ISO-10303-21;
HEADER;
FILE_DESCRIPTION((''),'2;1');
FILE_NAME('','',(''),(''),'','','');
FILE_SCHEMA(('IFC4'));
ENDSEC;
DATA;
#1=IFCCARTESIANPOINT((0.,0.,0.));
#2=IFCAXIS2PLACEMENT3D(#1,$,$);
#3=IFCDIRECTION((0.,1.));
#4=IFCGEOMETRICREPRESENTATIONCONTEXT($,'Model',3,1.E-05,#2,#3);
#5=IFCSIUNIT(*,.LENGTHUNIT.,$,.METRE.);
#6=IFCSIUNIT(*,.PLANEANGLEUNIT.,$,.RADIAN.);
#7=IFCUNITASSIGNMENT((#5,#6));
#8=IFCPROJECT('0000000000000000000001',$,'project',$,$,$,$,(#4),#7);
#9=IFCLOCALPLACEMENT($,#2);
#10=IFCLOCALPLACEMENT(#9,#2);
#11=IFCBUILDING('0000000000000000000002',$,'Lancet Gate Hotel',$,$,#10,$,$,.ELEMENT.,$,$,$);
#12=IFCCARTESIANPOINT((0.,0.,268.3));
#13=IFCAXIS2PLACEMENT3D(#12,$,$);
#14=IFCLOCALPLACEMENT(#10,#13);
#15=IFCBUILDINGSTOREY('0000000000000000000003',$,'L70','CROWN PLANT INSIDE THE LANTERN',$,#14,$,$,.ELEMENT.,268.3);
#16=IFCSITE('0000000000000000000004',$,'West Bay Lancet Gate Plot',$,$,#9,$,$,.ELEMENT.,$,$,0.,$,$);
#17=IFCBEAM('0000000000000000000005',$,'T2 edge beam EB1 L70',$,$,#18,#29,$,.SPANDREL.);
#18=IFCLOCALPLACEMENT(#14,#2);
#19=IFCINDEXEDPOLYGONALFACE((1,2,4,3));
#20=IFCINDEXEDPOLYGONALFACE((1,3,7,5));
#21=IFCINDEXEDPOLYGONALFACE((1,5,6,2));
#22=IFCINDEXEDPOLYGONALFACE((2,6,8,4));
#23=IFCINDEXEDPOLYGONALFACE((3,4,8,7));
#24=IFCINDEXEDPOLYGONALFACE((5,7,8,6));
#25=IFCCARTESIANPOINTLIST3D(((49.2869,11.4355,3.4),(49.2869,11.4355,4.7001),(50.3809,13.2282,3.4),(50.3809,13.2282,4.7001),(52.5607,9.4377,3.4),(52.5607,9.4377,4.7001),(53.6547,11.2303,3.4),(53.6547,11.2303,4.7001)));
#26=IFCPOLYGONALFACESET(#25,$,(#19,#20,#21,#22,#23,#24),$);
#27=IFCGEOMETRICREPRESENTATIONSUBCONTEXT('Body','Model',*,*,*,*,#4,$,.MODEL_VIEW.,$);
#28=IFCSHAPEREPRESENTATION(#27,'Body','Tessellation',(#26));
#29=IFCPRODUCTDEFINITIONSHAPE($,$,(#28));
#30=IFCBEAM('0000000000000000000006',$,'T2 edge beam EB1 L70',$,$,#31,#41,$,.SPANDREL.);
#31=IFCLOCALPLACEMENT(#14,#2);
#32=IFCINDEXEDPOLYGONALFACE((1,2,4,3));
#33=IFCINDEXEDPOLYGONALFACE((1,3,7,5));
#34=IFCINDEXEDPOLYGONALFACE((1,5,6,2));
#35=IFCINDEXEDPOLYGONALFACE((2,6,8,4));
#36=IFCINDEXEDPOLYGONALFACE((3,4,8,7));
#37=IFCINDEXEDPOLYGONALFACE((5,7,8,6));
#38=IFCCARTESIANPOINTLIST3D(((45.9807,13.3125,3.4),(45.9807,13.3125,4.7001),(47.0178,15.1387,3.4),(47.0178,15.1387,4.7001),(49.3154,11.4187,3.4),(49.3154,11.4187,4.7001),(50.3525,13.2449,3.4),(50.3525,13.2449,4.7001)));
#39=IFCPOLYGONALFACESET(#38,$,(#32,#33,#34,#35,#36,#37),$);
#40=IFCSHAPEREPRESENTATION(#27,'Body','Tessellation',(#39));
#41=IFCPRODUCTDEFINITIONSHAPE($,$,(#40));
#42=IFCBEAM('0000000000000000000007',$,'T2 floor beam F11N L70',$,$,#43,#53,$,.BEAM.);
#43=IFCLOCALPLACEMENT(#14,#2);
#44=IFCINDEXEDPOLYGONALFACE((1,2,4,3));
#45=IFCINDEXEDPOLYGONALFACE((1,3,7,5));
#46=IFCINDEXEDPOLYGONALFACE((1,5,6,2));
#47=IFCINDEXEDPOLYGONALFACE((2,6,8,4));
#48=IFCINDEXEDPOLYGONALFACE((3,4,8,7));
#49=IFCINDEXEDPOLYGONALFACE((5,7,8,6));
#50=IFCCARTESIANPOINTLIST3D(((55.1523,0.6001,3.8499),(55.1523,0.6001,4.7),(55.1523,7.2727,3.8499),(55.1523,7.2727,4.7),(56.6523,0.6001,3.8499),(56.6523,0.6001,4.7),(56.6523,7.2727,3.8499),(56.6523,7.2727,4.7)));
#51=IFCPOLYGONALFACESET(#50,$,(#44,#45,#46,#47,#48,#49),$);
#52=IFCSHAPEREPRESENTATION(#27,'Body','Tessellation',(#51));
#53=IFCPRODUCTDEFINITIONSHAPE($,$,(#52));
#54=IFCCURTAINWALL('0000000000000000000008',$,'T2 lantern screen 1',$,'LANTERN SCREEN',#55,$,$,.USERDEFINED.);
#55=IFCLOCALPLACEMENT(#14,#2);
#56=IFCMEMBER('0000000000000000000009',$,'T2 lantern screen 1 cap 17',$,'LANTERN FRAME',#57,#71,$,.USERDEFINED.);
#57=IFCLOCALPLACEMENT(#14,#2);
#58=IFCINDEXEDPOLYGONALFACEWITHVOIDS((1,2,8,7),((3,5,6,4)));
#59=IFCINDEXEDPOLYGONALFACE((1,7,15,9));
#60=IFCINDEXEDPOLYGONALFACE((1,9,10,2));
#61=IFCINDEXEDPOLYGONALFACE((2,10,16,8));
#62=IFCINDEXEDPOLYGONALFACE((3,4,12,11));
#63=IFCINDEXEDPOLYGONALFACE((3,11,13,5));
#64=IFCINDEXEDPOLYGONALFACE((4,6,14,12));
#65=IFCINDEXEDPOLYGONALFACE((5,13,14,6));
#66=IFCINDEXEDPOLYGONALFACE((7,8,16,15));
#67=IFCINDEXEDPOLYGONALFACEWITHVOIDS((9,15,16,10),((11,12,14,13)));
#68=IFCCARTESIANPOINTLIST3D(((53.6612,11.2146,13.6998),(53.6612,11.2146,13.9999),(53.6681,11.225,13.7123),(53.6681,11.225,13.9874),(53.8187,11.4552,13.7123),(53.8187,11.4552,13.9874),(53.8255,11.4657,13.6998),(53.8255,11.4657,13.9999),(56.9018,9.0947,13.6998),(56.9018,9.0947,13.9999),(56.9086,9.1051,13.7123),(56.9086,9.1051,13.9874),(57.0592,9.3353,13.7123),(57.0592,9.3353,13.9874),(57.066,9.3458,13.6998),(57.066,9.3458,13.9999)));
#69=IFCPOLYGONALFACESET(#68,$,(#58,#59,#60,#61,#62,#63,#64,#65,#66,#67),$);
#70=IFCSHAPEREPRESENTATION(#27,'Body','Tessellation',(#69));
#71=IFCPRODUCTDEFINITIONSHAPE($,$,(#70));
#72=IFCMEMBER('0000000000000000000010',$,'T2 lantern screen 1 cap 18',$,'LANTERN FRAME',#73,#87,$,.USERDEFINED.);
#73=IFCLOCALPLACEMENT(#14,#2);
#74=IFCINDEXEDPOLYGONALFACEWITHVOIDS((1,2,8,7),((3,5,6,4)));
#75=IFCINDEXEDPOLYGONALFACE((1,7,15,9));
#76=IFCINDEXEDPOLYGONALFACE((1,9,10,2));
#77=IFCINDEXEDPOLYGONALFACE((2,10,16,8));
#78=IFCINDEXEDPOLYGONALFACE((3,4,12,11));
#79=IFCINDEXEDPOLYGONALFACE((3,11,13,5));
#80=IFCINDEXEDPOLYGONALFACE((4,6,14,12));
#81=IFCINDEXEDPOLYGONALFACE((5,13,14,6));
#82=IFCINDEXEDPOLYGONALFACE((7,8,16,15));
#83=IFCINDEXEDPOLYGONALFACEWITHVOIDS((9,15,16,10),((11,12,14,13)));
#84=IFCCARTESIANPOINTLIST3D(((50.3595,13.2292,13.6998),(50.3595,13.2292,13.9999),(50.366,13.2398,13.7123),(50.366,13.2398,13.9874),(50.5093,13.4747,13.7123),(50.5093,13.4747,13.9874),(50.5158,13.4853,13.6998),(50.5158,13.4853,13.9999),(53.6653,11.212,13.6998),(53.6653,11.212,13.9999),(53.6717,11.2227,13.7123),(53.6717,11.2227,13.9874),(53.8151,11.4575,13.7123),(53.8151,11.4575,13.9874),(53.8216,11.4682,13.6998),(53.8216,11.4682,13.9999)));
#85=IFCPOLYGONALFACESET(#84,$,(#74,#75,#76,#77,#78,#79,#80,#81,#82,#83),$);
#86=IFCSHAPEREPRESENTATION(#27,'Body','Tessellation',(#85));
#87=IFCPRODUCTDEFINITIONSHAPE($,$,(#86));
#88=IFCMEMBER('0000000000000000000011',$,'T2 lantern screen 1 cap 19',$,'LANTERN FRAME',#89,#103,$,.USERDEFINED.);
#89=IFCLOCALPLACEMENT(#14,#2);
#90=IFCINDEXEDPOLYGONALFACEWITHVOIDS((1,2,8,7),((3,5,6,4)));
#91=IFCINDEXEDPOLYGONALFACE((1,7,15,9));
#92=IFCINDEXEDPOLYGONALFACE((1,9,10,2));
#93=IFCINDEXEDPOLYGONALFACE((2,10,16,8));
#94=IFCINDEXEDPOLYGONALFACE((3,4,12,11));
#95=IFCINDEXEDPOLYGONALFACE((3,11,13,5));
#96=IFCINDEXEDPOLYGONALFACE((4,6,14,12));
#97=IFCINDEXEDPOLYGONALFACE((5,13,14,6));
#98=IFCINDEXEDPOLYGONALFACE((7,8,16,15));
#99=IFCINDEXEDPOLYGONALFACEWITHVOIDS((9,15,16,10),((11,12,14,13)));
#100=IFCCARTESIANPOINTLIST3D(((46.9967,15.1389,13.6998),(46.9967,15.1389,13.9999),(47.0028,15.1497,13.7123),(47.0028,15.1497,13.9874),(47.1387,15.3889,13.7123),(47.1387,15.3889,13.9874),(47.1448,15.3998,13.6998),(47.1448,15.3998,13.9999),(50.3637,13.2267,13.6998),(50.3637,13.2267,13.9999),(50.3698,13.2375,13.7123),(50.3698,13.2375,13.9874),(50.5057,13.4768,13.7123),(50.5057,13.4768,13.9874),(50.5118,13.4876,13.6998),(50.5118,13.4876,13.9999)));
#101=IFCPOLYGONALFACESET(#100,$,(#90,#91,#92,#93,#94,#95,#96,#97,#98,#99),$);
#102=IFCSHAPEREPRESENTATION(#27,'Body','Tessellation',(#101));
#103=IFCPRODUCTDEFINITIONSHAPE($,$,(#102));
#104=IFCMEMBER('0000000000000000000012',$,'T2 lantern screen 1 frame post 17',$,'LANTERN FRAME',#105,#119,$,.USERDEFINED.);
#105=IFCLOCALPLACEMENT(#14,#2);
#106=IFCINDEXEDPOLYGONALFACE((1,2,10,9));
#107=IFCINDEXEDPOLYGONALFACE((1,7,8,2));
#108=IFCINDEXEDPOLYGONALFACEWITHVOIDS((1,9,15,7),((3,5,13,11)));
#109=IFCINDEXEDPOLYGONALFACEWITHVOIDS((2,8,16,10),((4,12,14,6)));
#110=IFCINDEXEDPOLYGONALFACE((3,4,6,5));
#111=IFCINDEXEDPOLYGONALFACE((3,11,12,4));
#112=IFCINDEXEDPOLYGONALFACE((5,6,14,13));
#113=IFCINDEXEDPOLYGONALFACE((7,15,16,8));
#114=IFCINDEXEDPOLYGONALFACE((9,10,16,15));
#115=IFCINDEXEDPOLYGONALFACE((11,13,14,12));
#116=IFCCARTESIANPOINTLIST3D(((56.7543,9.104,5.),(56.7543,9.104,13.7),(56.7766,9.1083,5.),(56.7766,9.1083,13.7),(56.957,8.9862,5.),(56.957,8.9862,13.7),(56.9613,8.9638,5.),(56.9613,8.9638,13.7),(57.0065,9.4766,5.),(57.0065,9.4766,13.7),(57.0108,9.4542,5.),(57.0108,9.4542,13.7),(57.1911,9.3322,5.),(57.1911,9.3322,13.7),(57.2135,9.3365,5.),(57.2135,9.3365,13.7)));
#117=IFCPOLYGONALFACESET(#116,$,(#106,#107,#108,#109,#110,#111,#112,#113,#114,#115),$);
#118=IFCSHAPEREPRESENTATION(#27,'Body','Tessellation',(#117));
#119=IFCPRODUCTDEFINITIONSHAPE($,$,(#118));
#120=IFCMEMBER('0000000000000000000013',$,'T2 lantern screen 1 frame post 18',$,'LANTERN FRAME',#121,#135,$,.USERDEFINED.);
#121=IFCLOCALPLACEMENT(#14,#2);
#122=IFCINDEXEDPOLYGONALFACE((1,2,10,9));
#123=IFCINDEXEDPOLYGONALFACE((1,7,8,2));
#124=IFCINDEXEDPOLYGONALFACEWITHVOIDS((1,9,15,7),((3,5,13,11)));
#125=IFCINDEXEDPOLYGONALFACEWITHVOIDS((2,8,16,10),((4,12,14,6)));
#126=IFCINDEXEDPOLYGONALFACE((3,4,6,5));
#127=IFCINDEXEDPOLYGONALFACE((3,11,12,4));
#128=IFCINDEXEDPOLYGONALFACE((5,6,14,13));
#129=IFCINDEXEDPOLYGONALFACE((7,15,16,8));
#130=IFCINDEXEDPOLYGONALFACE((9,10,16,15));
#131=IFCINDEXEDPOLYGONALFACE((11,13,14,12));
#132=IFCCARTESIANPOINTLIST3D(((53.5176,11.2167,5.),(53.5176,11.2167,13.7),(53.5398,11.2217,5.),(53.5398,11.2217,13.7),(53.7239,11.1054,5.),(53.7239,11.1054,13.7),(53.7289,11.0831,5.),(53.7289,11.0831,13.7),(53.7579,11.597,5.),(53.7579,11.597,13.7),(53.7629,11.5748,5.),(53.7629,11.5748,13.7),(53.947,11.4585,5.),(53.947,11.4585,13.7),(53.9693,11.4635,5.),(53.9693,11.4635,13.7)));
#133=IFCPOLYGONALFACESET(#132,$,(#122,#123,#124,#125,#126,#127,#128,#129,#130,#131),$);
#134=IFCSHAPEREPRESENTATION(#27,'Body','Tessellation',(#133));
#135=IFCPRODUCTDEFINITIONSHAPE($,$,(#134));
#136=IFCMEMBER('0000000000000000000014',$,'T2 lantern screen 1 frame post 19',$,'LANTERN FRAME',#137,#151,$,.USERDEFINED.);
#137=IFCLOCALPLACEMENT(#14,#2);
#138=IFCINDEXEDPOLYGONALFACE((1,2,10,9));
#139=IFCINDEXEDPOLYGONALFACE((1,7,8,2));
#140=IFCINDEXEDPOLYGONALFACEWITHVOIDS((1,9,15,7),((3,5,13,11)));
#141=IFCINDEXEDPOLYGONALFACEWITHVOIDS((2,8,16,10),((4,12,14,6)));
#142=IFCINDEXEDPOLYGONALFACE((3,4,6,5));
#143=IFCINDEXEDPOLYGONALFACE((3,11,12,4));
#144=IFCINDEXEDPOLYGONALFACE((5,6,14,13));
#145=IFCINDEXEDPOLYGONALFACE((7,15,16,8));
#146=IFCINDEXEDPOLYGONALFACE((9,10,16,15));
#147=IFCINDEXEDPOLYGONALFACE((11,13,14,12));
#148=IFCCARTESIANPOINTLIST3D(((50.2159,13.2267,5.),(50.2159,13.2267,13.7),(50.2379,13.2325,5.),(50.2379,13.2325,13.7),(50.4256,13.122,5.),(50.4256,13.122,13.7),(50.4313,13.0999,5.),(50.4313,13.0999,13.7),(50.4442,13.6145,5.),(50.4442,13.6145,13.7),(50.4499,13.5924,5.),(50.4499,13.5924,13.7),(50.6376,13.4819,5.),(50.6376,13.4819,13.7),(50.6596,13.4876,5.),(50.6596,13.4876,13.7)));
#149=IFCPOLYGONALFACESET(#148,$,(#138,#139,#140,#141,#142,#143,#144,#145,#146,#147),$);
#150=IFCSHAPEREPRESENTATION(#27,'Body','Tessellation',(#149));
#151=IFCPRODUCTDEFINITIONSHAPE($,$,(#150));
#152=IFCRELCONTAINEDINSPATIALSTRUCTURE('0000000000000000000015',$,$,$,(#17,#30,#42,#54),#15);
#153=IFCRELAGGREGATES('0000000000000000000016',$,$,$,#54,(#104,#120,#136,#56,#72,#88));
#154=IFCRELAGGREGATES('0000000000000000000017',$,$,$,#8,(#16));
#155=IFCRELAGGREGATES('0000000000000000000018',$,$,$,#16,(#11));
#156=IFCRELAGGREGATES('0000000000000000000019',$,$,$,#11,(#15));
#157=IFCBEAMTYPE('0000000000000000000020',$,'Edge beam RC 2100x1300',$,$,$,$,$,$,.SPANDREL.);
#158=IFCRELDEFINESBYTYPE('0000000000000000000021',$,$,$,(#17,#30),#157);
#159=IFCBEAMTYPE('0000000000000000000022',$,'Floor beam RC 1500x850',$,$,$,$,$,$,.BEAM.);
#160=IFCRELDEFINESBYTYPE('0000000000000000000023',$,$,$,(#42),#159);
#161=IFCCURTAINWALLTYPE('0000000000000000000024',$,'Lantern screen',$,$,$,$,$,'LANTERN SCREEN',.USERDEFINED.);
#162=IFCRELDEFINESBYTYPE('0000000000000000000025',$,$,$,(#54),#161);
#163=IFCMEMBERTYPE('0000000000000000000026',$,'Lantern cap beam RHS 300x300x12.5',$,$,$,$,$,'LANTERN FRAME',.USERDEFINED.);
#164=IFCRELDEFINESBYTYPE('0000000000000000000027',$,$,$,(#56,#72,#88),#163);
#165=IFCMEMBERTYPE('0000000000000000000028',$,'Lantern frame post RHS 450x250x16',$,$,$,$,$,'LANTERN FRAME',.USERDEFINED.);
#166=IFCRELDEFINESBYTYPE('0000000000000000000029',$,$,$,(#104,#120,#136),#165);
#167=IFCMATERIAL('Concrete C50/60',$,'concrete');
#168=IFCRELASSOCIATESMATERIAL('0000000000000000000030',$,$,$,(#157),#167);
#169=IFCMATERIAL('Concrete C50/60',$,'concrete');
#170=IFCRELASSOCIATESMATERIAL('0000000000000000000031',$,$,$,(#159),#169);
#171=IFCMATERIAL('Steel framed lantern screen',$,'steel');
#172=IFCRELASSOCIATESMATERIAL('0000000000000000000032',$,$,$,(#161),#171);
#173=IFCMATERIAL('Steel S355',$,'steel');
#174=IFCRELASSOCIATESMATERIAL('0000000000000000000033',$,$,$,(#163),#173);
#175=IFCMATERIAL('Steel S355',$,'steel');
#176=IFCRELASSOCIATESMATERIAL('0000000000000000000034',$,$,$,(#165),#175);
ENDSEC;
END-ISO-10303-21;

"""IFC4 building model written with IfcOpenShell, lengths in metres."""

from ifc_helpers import new_model, si_unit, direction, frame, origin, origin_2d, place, context, subcontext, project, spatial, rectangle, hollow_rectangle, extrude, material, material_profile, profile_set, type_object, element, aggregate, save


model = new_model("IFC4")

# Units and contexts
model_context = context("Model", 3, precision=1e-05, world=origin(), true_north=direction((0.0, 1.0)))
body_context = subcontext(model_context, "Body", "Model", "MODEL_VIEW")
ifc_project = project(units=[si_unit("LENGTHUNIT", "METRE"), si_unit("PLANEANGLEUNIT", "RADIAN")], contexts=[model_context])

# Site, building, storey
site_placement = place(None, origin())
site = spatial("IfcSite", under=ifc_project, at=site_placement, Name="West Bay Lancet Gate Plot", CompositionType="ELEMENT", RefElevation=0.0)
building_placement = place(site_placement, origin())
building = spatial("IfcBuilding", under=site, at=building_placement, Name="Lancet Gate Hotel", CompositionType="ELEMENT")
storey_placement = place(building_placement, frame((0.0, 0.0, 268.3)))
storey = spatial("IfcBuildingStorey", under=building, at=storey_placement, Name="L70", Description="CROWN PLANT INSIDE THE LANTERN", CompositionType="ELEMENT", Elevation=268.3)

# Beams
ifc_material_1 = material(Name="Concrete C50/60", Category="concrete")
ifc_material_profile_1 = material_profile(ifc_material_1, rectangle(XDim=2.1001, YDim=1.3, at=origin_2d()), Name="RC 2100x1300")
ifc_profile_set_1 = profile_set([ifc_material_profile_1], Name="Concrete C50/60")
beam_type_1 = type_object("IfcBeamType", Name="Edge beam RC 2100x1300", PredefinedType="SPANDREL", material=ifc_profile_set_1)
beam_1_placement = place(storey_placement, frame((53.1077, 10.334, 4.05), z_axis=(-0.853604, 0.520922, 0.0), x_axis=(-0.520922, -0.853604, 0.0)))
element("IfcBeam", 1, at=beam_1_placement, inside=storey, type_object=beam_type_1, Name="T2 edge beam EB1 L70", PredefinedType="SPANDREL", context=body_context, shape_type="SweptSolid", body=[
    extrude(rectangle(XDim=2.1001, YDim=1.3, at=origin_2d()), origin(), (0.0, 0.0, 1.0), 3.8352),
])
beam_2_placement = place(storey_placement, frame((49.834, 12.3318, 4.05), z_axis=(-0.86956, 0.493827, 0.0), x_axis=(-0.493827, -0.86956, 0.0)))
element("IfcBeam", 2, at=beam_2_placement, inside=storey, type_object=beam_type_1, Name="T2 edge beam EB1 L70", PredefinedType="SPANDREL", context=body_context, shape_type="SweptSolid", body=[
    extrude(rectangle(XDim=2.1001, YDim=1.3, at=origin_2d()), origin(), (0.0, 0.0, 1.0), 3.835),
])
ifc_material_2 = material(Name="Concrete C50/60", Category="concrete")
ifc_material_profile_2 = material_profile(ifc_material_2, rectangle(XDim=1.5, YDim=0.8501, at=origin_2d()), Name="RC 1500x850")
ifc_profile_set_2 = profile_set([ifc_material_profile_2], Name="Concrete C50/60")
beam_type_2 = type_object("IfcBeamType", Name="Floor beam RC 1500x850", PredefinedType="BEAM", material=ifc_profile_set_2)
beam_3_placement = place(storey_placement, frame((55.9023, 0.6001, 4.2749), z_axis=(0.0, 1.0, 0.0), x_axis=(-1.0, 0.0, 0.0)))
element("IfcBeam", 3, at=beam_3_placement, inside=storey, type_object=beam_type_2, Name="T2 floor beam F11N L70", PredefinedType="BEAM", context=body_context, shape_type="SweptSolid", body=[
    extrude(rectangle(XDim=1.5, YDim=0.8501, at=origin_2d()), origin(), (0.0, 0.0, 1.0), 6.6726),
])

# Curtain wall, members
ifc_material_3 = material(Name="Steel framed lantern screen", Category="steel")
curtain_wall_type_1 = type_object("IfcCurtainWallType", Name="Lantern screen", ElementType="LANTERN SCREEN", PredefinedType="USERDEFINED", material=ifc_material_3)
curtain_wall_1_placement = place(storey_placement, origin())
curtain_wall_1 = element("IfcCurtainWall", 4, at=curtain_wall_1_placement, inside=storey, type_object=curtain_wall_type_1, Name="T2 lantern screen 1", ObjectType="LANTERN SCREEN", PredefinedType="USERDEFINED")
ifc_material_4 = material(Name="Steel S355", Category="steel")
ifc_material_profile_3 = material_profile(ifc_material_4, hollow_rectangle(XDim=0.3, YDim=0.3, WallThickness=0.0125, at=origin_2d()), Name="RHS 300x300x12.5")
ifc_profile_set_3 = profile_set([ifc_material_profile_3], Name="Steel S355")
member_type_1 = type_object("IfcMemberType", Name="Lantern cap beam RHS 300x300x12.5", ElementType="LANTERN FRAME", PredefinedType="USERDEFINED", material=ifc_profile_set_3)
member_1_placement = place(storey_placement, frame((56.9839, 9.2202, 13.8499), z_axis=(-0.83684, 0.547448, 0.0), x_axis=(-0.547448, -0.83684, 0.0)))
member_1 = element("IfcMember", 5, at=member_1_placement, type_object=member_type_1, Name="T2 lantern screen 1 cap 17", ObjectType="LANTERN FRAME", PredefinedType="USERDEFINED", context=body_context, shape_type="SweptSolid", body=[
    extrude(hollow_rectangle(XDim=0.3, YDim=0.3, WallThickness=0.0125, at=origin_2d()), origin(), (0.0, 0.0, 1.0), 3.8723),
])
member_2_placement = place(storey_placement, frame((53.7434, 11.3401, 13.8499), z_axis=(-0.853631, 0.520879, 0.0), x_axis=(-0.520879, -0.853631, 0.0)))
member_2 = element("IfcMember", 6, at=member_2_placement, type_object=member_type_1, Name="T2 lantern screen 1 cap 18", ObjectType="LANTERN FRAME", PredefinedType="USERDEFINED", context=body_context, shape_type="SweptSolid", body=[
    extrude(hollow_rectangle(XDim=0.3, YDim=0.3, WallThickness=0.0125, at=origin_2d()), origin(), (0.0, 0.0, 1.0), 3.8726),
])
member_3_placement = place(storey_placement, frame((50.4377, 13.3572, 13.8499), z_axis=(-0.869559, 0.493828, 0.0), x_axis=(-0.493828, -0.869559, 0.0)))
member_3 = element("IfcMember", 7, at=member_3_placement, type_object=member_type_1, Name="T2 lantern screen 1 cap 19", ObjectType="LANTERN FRAME", PredefinedType="USERDEFINED", context=body_context, shape_type="SweptSolid", body=[
    extrude(hollow_rectangle(XDim=0.3, YDim=0.3, WallThickness=0.0125, at=origin_2d()), origin(), (0.0, 0.0, 1.0), 3.8721),
])
ifc_material_5 = material(Name="Steel S355", Category="steel")
ifc_material_profile_4 = material_profile(ifc_material_5, hollow_rectangle(XDim=0.25, YDim=0.45, WallThickness=0.0161, at=origin_2d()), Name="RHS 450x250x16")
ifc_profile_set_4 = profile_set([ifc_material_profile_4], Name="Steel S355")
member_type_2 = type_object("IfcMemberType", Name="Lantern frame post RHS 450x250x16", ElementType="LANTERN FRAME", PredefinedType="USERDEFINED", material=ifc_profile_set_4)
member_4_placement = place(storey_placement, frame((56.9839, 9.2202, 5.0), z_axis=(0.0, 0.0, 1.0), x_axis=(-0.828155, 0.5605, 0.0)))
member_4 = element("IfcMember", 8, at=member_4_placement, type_object=member_type_2, Name="T2 lantern screen 1 frame post 17", ObjectType="LANTERN FRAME", PredefinedType="USERDEFINED", context=body_context, shape_type="SweptSolid", body=[
    extrude(hollow_rectangle(XDim=0.25, YDim=0.45, WallThickness=0.0161, at=origin_2d()), origin(), (0.0, 0.0, 1.0), 8.7),
])
member_5_placement = place(storey_placement, frame((53.7434, 11.3401, 5.0), z_axis=(0.0, 0.0, 1.0), x_axis=(-0.84534, 0.534229, 0.0)))
member_5 = element("IfcMember", 9, at=member_5_placement, type_object=member_type_2, Name="T2 lantern screen 1 frame post 18", ObjectType="LANTERN FRAME", PredefinedType="USERDEFINED", context=body_context, shape_type="SweptSolid", body=[
    extrude(hollow_rectangle(XDim=0.25, YDim=0.45, WallThickness=0.0161, at=origin_2d()), origin(), (0.0, 0.0, 1.0), 8.7),
])
member_6_placement = place(storey_placement, frame((50.4377, 13.3572, 5.0), z_axis=(0.0, 0.0, 1.0), x_axis=(-0.861692, 0.507432, 0.0)))
member_6 = element("IfcMember", 10, at=member_6_placement, type_object=member_type_2, Name="T2 lantern screen 1 frame post 19", ObjectType="LANTERN FRAME", PredefinedType="USERDEFINED", context=body_context, shape_type="SweptSolid", body=[
    extrude(hollow_rectangle(XDim=0.25, YDim=0.45, WallThickness=0.0161, at=origin_2d()), origin(), (0.0, 0.0, 1.0), 8.7),
])

aggregate(curtain_wall_1, [member_4, member_5, member_6, member_1, member_2, member_3])

save(model, "model.ifc")
